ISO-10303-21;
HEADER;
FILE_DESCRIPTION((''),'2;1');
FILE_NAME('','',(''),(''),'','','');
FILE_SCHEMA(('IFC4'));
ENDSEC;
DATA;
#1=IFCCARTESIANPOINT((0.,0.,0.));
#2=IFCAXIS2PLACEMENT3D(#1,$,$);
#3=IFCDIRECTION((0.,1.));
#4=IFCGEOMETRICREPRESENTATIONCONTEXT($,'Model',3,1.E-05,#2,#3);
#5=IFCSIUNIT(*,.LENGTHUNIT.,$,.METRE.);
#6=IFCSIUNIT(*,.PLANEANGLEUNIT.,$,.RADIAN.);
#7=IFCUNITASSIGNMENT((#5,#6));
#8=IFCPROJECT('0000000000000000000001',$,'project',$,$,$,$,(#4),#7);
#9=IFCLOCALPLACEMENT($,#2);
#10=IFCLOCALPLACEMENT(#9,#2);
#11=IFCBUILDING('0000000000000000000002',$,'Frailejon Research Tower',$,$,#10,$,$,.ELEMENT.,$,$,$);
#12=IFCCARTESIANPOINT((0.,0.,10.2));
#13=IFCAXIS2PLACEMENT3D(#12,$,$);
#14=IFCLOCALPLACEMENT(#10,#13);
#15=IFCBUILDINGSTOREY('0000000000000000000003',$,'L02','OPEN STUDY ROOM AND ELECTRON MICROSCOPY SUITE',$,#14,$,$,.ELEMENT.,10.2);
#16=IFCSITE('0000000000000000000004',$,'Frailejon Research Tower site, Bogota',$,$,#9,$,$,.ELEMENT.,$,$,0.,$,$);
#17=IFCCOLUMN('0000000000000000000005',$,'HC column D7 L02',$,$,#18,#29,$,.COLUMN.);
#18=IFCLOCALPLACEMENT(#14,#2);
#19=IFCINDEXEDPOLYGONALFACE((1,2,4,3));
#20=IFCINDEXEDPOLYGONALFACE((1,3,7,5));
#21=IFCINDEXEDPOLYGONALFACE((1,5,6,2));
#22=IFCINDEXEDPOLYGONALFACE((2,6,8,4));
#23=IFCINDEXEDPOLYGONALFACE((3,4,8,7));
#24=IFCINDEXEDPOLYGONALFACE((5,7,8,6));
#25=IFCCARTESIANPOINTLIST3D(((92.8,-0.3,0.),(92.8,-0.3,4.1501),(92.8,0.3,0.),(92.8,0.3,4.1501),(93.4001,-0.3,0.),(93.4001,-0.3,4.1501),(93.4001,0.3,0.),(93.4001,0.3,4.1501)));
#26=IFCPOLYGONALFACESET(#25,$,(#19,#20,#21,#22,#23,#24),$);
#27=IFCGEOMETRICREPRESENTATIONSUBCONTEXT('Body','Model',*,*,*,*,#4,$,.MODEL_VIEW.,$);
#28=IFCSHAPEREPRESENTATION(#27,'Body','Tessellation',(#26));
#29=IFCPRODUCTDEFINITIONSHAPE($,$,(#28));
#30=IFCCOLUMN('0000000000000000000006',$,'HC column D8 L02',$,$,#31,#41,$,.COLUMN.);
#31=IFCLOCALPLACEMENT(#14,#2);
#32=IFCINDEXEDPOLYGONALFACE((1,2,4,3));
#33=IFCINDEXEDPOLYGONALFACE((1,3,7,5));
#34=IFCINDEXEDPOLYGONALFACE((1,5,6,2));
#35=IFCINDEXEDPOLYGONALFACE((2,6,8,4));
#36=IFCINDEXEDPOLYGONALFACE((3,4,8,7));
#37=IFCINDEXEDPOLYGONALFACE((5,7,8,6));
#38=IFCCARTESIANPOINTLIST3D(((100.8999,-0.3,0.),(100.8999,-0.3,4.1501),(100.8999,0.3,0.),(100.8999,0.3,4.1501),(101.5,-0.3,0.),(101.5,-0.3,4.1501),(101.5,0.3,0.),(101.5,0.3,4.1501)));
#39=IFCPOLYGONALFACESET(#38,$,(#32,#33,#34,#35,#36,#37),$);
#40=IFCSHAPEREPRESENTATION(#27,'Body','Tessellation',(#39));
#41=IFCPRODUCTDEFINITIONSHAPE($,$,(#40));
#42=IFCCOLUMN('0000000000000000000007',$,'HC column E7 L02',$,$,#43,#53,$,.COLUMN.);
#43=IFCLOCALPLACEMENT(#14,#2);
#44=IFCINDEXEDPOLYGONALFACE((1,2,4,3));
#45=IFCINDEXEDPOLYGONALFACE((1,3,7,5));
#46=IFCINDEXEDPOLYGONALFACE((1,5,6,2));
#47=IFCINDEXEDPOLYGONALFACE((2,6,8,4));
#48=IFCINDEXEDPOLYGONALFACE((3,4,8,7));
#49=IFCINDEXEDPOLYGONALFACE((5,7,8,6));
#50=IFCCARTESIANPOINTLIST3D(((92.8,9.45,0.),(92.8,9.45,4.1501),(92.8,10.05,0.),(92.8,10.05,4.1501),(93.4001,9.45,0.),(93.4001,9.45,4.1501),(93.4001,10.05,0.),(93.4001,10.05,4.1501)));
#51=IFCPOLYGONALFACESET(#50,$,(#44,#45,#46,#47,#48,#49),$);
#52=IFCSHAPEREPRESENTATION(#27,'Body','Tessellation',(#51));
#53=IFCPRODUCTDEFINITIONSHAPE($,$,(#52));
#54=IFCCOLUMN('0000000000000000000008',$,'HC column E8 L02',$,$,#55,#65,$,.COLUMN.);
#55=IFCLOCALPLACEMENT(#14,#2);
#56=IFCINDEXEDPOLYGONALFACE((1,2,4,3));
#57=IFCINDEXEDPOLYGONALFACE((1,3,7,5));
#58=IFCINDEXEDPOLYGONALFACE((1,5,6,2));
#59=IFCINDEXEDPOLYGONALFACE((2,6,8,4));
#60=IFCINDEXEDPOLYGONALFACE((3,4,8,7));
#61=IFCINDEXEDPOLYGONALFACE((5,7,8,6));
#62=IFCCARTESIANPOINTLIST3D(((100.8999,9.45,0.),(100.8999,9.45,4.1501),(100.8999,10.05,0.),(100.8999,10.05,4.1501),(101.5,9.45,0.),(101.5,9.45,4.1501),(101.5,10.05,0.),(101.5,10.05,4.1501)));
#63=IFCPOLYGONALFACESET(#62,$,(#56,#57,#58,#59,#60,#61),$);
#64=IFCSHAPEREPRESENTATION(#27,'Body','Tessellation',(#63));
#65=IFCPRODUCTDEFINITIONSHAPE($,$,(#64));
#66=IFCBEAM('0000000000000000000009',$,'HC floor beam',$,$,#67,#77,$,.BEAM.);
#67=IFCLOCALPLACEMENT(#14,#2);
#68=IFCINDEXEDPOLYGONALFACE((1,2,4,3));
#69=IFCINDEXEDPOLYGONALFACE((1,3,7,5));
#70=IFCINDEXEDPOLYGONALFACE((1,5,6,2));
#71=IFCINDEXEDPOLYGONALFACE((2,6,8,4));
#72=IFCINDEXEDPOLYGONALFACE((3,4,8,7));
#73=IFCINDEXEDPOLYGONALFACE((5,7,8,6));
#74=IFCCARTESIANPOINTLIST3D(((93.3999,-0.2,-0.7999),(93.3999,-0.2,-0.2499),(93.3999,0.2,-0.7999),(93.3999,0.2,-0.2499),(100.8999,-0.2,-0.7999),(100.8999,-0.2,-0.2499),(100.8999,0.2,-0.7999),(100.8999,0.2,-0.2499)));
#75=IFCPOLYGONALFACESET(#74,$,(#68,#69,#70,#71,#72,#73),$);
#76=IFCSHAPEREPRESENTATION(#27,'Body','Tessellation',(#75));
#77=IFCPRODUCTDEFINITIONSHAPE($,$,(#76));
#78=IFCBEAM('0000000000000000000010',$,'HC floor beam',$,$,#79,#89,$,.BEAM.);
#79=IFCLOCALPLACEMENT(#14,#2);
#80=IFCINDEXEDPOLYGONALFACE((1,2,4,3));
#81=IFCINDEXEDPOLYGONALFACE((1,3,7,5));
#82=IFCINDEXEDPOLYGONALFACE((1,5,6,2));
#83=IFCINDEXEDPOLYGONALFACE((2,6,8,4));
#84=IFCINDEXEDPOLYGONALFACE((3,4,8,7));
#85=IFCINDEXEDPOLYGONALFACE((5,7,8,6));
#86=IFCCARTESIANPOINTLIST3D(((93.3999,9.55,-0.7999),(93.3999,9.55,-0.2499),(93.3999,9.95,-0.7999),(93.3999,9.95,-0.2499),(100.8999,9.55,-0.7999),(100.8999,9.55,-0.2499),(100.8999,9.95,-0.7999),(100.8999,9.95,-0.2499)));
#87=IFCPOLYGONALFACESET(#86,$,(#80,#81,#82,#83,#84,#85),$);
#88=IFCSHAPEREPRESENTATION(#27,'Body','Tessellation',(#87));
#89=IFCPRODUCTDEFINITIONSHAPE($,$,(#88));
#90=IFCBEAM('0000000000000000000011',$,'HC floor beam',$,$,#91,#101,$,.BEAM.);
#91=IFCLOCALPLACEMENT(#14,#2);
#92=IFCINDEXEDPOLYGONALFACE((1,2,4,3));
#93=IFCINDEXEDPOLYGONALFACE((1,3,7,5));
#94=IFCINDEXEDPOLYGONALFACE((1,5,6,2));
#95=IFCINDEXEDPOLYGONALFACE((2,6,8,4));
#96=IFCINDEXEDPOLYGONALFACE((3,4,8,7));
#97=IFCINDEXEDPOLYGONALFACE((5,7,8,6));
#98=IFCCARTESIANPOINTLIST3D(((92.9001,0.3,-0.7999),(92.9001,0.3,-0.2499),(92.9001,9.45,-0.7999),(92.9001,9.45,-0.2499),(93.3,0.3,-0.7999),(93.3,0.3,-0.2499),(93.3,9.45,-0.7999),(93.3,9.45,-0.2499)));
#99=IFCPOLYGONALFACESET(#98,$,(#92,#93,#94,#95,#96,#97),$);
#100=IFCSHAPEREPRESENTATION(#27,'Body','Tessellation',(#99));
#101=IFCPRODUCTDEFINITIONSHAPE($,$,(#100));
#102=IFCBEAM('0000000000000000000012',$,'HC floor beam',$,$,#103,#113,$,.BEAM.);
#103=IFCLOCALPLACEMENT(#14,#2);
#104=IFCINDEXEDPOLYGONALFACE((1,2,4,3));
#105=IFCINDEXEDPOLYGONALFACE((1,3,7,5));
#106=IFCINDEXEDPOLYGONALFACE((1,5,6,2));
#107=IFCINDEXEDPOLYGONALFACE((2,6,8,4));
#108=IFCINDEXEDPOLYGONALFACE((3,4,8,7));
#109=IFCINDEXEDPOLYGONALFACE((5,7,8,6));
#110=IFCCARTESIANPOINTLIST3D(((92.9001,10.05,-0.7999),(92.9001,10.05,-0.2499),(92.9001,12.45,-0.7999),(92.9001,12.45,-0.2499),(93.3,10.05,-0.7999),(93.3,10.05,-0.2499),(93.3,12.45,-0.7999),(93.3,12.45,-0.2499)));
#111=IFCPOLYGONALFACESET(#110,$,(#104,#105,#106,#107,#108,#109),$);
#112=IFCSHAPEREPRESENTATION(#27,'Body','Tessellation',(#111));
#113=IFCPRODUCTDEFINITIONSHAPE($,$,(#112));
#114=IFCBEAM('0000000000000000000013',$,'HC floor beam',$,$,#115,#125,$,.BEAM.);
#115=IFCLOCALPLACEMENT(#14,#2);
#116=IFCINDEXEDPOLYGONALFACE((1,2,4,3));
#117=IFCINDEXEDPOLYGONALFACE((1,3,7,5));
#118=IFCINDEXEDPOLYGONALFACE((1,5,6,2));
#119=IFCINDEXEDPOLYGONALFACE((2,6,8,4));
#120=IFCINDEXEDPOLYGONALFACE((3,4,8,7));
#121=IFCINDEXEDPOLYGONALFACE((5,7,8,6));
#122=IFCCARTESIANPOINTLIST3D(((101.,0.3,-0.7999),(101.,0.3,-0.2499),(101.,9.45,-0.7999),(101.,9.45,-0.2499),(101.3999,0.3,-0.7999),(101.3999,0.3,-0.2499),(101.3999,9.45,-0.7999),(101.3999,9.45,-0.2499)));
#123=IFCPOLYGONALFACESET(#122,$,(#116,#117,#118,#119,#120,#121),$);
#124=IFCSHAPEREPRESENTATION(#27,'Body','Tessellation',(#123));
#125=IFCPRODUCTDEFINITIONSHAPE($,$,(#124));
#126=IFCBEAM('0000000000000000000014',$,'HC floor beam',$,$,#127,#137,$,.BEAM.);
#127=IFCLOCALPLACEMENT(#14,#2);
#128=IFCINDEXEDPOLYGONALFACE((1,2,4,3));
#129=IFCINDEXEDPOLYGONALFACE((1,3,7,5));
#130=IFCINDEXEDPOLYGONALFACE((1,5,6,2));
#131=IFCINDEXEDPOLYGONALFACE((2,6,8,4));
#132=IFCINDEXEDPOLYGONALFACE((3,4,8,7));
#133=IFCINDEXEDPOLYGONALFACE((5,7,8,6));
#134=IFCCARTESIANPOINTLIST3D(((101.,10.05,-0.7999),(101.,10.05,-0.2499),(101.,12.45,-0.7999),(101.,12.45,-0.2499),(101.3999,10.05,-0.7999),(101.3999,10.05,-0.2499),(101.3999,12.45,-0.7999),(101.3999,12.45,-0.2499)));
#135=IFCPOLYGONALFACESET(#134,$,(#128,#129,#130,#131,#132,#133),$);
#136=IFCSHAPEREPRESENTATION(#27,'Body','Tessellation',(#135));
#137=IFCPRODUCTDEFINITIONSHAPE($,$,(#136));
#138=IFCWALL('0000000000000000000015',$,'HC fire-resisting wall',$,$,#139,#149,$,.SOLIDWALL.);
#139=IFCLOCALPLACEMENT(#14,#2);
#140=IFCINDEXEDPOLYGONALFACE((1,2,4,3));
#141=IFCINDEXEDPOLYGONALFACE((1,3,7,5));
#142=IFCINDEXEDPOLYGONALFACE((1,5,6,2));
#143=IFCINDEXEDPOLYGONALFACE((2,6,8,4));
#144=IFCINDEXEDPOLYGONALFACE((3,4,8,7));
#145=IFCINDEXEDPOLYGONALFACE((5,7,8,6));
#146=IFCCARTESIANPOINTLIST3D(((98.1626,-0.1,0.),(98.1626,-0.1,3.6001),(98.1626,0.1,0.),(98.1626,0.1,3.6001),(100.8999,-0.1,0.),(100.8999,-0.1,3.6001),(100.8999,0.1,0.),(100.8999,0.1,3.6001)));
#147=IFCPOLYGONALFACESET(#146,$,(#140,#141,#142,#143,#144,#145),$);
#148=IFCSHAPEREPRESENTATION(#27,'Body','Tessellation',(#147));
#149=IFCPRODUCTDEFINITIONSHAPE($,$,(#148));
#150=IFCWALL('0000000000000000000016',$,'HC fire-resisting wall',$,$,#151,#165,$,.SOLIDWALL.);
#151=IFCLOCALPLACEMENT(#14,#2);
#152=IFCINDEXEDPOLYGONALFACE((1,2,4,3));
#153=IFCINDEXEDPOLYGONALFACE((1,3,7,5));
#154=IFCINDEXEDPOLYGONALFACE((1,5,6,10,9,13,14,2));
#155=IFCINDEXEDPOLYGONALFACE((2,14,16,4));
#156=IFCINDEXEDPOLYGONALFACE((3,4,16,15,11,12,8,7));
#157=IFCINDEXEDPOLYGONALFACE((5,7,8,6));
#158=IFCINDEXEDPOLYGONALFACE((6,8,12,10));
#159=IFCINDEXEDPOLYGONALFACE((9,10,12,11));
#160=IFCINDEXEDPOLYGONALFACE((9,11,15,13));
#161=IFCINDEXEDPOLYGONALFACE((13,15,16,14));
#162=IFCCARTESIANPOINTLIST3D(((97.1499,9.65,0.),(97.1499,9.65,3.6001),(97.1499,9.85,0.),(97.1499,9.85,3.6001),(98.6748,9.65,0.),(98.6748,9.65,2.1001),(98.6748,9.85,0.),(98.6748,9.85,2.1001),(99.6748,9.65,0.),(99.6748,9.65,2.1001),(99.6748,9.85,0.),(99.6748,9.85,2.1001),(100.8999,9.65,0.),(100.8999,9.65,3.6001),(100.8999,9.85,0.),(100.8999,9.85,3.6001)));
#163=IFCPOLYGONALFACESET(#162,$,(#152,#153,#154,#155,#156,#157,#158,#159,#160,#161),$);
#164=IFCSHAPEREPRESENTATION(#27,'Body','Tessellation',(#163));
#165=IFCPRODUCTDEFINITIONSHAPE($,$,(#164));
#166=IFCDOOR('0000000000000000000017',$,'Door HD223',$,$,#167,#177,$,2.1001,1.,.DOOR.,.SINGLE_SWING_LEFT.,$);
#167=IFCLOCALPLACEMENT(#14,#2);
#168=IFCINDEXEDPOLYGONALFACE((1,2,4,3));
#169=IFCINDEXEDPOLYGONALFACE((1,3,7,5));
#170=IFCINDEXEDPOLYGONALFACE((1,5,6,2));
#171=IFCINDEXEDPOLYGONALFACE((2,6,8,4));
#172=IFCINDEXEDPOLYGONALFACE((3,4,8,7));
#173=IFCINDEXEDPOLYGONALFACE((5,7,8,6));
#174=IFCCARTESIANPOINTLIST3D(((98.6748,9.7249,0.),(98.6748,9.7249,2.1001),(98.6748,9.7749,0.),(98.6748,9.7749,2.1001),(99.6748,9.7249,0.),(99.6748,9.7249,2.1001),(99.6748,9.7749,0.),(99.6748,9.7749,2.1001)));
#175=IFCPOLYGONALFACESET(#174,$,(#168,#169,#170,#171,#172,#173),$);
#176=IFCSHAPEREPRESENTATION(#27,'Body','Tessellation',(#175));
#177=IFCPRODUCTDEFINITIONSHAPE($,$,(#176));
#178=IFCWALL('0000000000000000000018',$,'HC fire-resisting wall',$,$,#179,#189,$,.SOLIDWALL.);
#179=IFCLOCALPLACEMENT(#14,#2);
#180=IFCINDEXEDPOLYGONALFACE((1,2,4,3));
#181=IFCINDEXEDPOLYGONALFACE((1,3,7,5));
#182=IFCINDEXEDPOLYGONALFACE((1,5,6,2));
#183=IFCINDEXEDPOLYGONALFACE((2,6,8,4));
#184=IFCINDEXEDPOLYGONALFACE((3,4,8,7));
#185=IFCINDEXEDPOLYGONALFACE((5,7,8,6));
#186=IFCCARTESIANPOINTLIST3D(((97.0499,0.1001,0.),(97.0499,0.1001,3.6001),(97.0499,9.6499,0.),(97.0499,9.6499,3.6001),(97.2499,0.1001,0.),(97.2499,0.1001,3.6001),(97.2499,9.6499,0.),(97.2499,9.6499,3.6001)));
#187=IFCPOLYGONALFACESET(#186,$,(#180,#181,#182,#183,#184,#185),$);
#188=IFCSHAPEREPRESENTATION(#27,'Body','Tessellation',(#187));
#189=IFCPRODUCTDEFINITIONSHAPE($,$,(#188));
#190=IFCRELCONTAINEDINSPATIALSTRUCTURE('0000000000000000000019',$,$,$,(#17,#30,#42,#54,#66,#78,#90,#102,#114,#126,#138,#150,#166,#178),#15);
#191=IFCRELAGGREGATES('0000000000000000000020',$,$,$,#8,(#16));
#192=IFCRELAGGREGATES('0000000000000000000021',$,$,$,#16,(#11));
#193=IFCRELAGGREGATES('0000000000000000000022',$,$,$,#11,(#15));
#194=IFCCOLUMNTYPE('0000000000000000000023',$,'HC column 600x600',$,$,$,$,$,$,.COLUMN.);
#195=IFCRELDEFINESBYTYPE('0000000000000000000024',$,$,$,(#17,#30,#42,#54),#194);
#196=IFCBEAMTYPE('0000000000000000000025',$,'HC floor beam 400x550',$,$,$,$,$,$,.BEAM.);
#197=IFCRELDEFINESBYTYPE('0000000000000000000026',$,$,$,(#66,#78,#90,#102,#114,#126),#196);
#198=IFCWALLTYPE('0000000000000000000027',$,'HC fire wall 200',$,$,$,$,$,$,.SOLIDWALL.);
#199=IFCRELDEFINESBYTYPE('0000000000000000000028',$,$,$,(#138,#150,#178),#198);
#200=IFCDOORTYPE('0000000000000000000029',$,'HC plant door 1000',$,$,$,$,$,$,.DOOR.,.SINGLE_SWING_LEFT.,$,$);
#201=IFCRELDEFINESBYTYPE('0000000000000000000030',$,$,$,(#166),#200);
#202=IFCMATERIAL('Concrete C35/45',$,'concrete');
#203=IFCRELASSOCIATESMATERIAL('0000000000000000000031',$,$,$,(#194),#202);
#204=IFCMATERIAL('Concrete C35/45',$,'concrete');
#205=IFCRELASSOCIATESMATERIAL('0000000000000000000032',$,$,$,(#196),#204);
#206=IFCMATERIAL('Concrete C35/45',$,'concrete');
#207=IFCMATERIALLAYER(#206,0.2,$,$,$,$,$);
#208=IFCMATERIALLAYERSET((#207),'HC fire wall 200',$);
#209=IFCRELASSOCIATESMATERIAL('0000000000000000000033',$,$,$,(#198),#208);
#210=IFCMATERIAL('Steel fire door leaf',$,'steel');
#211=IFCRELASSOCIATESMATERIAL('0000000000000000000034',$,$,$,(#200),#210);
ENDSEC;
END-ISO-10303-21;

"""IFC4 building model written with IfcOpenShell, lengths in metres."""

from ifc_helpers import new_model, si_unit, direction, frame, frame_2d, origin, origin_2d, place, context, subcontext, project, spatial, rectangle, extrude, material, layer, layer_set, material_profile, profile_set, type_object, element, fill, save


model = new_model("IFC4")

# Units and contexts
model_context = context("Model", 3, precision=1e-05, world=origin(), true_north=direction((0.0, 1.0)))
body_context = subcontext(model_context, "Body", "Model", "MODEL_VIEW")
ifc_project = project(units=[si_unit("LENGTHUNIT", "METRE"), si_unit("PLANEANGLEUNIT", "RADIAN")], contexts=[model_context])

# Site, building, storey
site_placement = place(None, origin())
site = spatial("IfcSite", under=ifc_project, at=site_placement, Name="Frailejon Research Tower site, Bogota", CompositionType="ELEMENT", RefElevation=0.0)
building_placement = place(site_placement, origin())
building = spatial("IfcBuilding", under=site, at=building_placement, Name="Frailejon Research Tower", CompositionType="ELEMENT")
storey_placement = place(building_placement, frame((0.0, 0.0, 10.2)))
storey = spatial("IfcBuildingStorey", under=building, at=storey_placement, Name="L02", Description="OPEN STUDY ROOM AND ELECTRON MICROSCOPY SUITE", CompositionType="ELEMENT", Elevation=10.2)

# Columns
ifc_material_1 = material(Name="Concrete C35/45", Category="concrete")
ifc_material_profile_1 = material_profile(ifc_material_1, rectangle(XDim=0.6001, YDim=0.6001, at=origin_2d()), Name="HC column 600x600")
ifc_profile_set_1 = profile_set([ifc_material_profile_1], Name="Concrete C35/45")
column_type = type_object("IfcColumnType", Name="HC column 600x600", PredefinedType="COLUMN", material=ifc_profile_set_1)
for number, where, z_axis, x_axis, name in (
    (1, (93.1001, 0.0, 0.0), (0.0, 0.0, 1.0), (1.0, 0.0, 0.0), "HC column D7 L02"),
    (2, (101.2, 0.0, 0.0), (0.0, 0.0, 1.0), (1.0, 0.0, 0.0), "HC column D8 L02"),
    (3, (93.1001, 9.75, 0.0), (0.0, 0.0, 1.0), (1.0, 0.0, 0.0), "HC column E7 L02"),
    (4, (101.2, 9.75, 0.0), (0.0, 0.0, 1.0), (1.0, 0.0, 0.0), "HC column E8 L02"),
):
    element("IfcColumn", number, at=place(storey_placement, frame(where, z_axis=z_axis, x_axis=x_axis)), inside=storey, type_object=column_type, Name=name, PredefinedType="COLUMN", context=body_context, shape_type="SweptSolid", body=[
        extrude(rectangle(XDim=0.6001, YDim=0.6001, at=origin_2d()), origin(), (0.0, 0.0, 1.0), 4.1501),
    ])

# Beams
ifc_material_2 = material(Name="Concrete C35/45", Category="concrete")
ifc_material_profile_2 = material_profile(ifc_material_2, rectangle(XDim=0.3999, YDim=0.55, at=origin_2d()), Name="HC floor beam 400x550")
ifc_profile_set_2 = profile_set([ifc_material_profile_2], Name="Concrete C35/45")
beam_type = type_object("IfcBeamType", Name="HC floor beam 400x550", PredefinedType="BEAM", material=ifc_profile_set_2)
for number, where, z_axis, x_axis, name in (
    (5, (93.3999, 0.0, -0.5249), (1.0, 0.0, 0.0), (0.0, 1.0, 0.0), "HC floor beam"),
    (6, (93.3999, 9.75, -0.5249), (1.0, 0.0, 0.0), (0.0, 1.0, 0.0), "HC floor beam"),
):
    element("IfcBeam", number, at=place(storey_placement, frame(where, z_axis=z_axis, x_axis=x_axis)), inside=storey, type_object=beam_type, Name=name, PredefinedType="BEAM", context=body_context, shape_type="SweptSolid", body=[
        extrude(rectangle(XDim=0.3999, YDim=0.55, at=origin_2d()), origin(), (0.0, 0.0, 1.0), 7.5),
    ])
beam_1_placement = place(storey_placement, frame((93.1001, 0.3, -0.5249), z_axis=(0.0, 1.0, 0.0), x_axis=(-1.0, 0.0, 0.0)))
element("IfcBeam", 7, at=beam_1_placement, inside=storey, type_object=beam_type, Name="HC floor beam", PredefinedType="BEAM", context=body_context, shape_type="SweptSolid", body=[
    extrude(rectangle(XDim=0.3999, YDim=0.55, at=origin_2d()), origin(), (0.0, 0.0, 1.0), 9.1499),
])
beam_2_placement = place(storey_placement, frame((93.1001, 10.05, -0.5249), z_axis=(0.0, 1.0, 0.0), x_axis=(-1.0, 0.0, 0.0)))
element("IfcBeam", 8, at=beam_2_placement, inside=storey, type_object=beam_type, Name="HC floor beam", PredefinedType="BEAM", context=body_context, shape_type="SweptSolid", body=[
    extrude(rectangle(XDim=0.3999, YDim=0.55, at=origin_2d()), origin(), (0.0, 0.0, 1.0), 2.3999),
])
beam_3_placement = place(storey_placement, frame((101.2, 0.3, -0.5249), z_axis=(0.0, 1.0, 0.0), x_axis=(-1.0, 0.0, 0.0)))
element("IfcBeam", 9, at=beam_3_placement, inside=storey, type_object=beam_type, Name="HC floor beam", PredefinedType="BEAM", context=body_context, shape_type="SweptSolid", body=[
    extrude(rectangle(XDim=0.3999, YDim=0.55, at=origin_2d()), origin(), (0.0, 0.0, 1.0), 9.1499),
])
beam_4_placement = place(storey_placement, frame((101.2, 10.05, -0.5249), z_axis=(0.0, 1.0, 0.0), x_axis=(-1.0, 0.0, 0.0)))
element("IfcBeam", 10, at=beam_4_placement, inside=storey, type_object=beam_type, Name="HC floor beam", PredefinedType="BEAM", context=body_context, shape_type="SweptSolid", body=[
    extrude(rectangle(XDim=0.3999, YDim=0.55, at=origin_2d()), origin(), (0.0, 0.0, 1.0), 2.3999),
])

# Wall
ifc_material_3 = material(Name="Concrete C35/45", Category="concrete")
ifc_layer_1 = layer(ifc_material_3, 0.2)
ifc_layer_set_1 = layer_set([ifc_layer_1], Name="HC fire wall 200")
wall_type_1 = type_object("IfcWallType", Name="HC fire wall 200", PredefinedType="SOLIDWALL", material=ifc_layer_set_1)
wall_1_placement = place(storey_placement, frame((98.1626, 0.0, 0.0), z_axis=(0.0, 0.0, 1.0), x_axis=(1.0, 0.0, 0.0)))
element("IfcWall", 11, at=wall_1_placement, inside=storey, type_object=wall_type_1, Name="HC fire-resisting wall", PredefinedType="SOLIDWALL", context=body_context, shape_type="SweptSolid", body=[
    extrude(rectangle(XDim=2.7373, YDim=0.2, at=frame_2d((1.3687, 0.0))), origin(), (0.0, 0.0, 1.0), 3.6001),
])

# Wall, opening, door
wall_2_placement = place(storey_placement, frame((97.1499, 9.75, 0.0), z_axis=(0.0, 0.0, 1.0), x_axis=(1.0, 0.0, 0.0)))
wall_2 = element("IfcWall", 12, at=wall_2_placement, inside=storey, type_object=wall_type_1, Name="HC fire-resisting wall", PredefinedType="SOLIDWALL", context=body_context, shape_type="SweptSolid", body=[
    extrude(rectangle(XDim=3.75, YDim=0.2, at=frame_2d((1.875, 0.0))), origin(), (0.0, 0.0, 1.0), 3.6001),
])
opening_placement = place(wall_2_placement, frame((1.5249, 0.0, 0.0)))
opening = element("IfcOpeningElement", 13, at=opening_placement, cuts=wall_2, PredefinedType="OPENING", context=body_context, shape_type="SweptSolid", body=[
    extrude(rectangle(XDim=1.0, YDim=2.1001, at=frame_2d((0.5, 1.05))), frame((0.0, 0.1099, 0.0), z_axis=(0.0, -1.0, 0.0), x_axis=(1.0, 0.0, 0.0)), (0.0, 0.0, 1.0), 0.22),
])
ifc_material_4 = material(Name="Steel fire door leaf", Category="steel")
door_type = type_object("IfcDoorType", Name="HC plant door 1000", OperationType="SINGLE_SWING_LEFT", PredefinedType="DOOR", material=ifc_material_4)
door_placement = place(opening_placement, origin())
door = element("IfcDoor", 14, at=door_placement, inside=storey, type_object=door_type, Name="Door HD223", OperationType="SINGLE_SWING_LEFT", OverallHeight=2.1001, OverallWidth=1.0, PredefinedType="DOOR", context=body_context, shape_type="SweptSolid", body=[
    extrude(rectangle(XDim=1.0, YDim=2.1001, at=frame_2d((0.5, 1.05))), frame((0.0, 0.0249, 0.0), z_axis=(0.0, -1.0, 0.0), x_axis=(1.0, 0.0, 0.0)), (0.0, 0.0, 1.0), 0.05),
])
fill(opening, door)

# Wall
wall_3_placement = place(storey_placement, frame((97.1499, 0.1001, 0.0), z_axis=(0.0, 0.0, 1.0), x_axis=(0.0, 1.0, 0.0)))
element("IfcWall", 15, at=wall_3_placement, inside=storey, type_object=wall_type_1, Name="HC fire-resisting wall", PredefinedType="SOLIDWALL", context=body_context, shape_type="SweptSolid", body=[
    extrude(rectangle(XDim=9.5498, YDim=0.2, at=frame_2d((4.7749, 0.0))), origin(), (0.0, 0.0, 1.0), 3.6001),
])

save(model, "model.ifc")
